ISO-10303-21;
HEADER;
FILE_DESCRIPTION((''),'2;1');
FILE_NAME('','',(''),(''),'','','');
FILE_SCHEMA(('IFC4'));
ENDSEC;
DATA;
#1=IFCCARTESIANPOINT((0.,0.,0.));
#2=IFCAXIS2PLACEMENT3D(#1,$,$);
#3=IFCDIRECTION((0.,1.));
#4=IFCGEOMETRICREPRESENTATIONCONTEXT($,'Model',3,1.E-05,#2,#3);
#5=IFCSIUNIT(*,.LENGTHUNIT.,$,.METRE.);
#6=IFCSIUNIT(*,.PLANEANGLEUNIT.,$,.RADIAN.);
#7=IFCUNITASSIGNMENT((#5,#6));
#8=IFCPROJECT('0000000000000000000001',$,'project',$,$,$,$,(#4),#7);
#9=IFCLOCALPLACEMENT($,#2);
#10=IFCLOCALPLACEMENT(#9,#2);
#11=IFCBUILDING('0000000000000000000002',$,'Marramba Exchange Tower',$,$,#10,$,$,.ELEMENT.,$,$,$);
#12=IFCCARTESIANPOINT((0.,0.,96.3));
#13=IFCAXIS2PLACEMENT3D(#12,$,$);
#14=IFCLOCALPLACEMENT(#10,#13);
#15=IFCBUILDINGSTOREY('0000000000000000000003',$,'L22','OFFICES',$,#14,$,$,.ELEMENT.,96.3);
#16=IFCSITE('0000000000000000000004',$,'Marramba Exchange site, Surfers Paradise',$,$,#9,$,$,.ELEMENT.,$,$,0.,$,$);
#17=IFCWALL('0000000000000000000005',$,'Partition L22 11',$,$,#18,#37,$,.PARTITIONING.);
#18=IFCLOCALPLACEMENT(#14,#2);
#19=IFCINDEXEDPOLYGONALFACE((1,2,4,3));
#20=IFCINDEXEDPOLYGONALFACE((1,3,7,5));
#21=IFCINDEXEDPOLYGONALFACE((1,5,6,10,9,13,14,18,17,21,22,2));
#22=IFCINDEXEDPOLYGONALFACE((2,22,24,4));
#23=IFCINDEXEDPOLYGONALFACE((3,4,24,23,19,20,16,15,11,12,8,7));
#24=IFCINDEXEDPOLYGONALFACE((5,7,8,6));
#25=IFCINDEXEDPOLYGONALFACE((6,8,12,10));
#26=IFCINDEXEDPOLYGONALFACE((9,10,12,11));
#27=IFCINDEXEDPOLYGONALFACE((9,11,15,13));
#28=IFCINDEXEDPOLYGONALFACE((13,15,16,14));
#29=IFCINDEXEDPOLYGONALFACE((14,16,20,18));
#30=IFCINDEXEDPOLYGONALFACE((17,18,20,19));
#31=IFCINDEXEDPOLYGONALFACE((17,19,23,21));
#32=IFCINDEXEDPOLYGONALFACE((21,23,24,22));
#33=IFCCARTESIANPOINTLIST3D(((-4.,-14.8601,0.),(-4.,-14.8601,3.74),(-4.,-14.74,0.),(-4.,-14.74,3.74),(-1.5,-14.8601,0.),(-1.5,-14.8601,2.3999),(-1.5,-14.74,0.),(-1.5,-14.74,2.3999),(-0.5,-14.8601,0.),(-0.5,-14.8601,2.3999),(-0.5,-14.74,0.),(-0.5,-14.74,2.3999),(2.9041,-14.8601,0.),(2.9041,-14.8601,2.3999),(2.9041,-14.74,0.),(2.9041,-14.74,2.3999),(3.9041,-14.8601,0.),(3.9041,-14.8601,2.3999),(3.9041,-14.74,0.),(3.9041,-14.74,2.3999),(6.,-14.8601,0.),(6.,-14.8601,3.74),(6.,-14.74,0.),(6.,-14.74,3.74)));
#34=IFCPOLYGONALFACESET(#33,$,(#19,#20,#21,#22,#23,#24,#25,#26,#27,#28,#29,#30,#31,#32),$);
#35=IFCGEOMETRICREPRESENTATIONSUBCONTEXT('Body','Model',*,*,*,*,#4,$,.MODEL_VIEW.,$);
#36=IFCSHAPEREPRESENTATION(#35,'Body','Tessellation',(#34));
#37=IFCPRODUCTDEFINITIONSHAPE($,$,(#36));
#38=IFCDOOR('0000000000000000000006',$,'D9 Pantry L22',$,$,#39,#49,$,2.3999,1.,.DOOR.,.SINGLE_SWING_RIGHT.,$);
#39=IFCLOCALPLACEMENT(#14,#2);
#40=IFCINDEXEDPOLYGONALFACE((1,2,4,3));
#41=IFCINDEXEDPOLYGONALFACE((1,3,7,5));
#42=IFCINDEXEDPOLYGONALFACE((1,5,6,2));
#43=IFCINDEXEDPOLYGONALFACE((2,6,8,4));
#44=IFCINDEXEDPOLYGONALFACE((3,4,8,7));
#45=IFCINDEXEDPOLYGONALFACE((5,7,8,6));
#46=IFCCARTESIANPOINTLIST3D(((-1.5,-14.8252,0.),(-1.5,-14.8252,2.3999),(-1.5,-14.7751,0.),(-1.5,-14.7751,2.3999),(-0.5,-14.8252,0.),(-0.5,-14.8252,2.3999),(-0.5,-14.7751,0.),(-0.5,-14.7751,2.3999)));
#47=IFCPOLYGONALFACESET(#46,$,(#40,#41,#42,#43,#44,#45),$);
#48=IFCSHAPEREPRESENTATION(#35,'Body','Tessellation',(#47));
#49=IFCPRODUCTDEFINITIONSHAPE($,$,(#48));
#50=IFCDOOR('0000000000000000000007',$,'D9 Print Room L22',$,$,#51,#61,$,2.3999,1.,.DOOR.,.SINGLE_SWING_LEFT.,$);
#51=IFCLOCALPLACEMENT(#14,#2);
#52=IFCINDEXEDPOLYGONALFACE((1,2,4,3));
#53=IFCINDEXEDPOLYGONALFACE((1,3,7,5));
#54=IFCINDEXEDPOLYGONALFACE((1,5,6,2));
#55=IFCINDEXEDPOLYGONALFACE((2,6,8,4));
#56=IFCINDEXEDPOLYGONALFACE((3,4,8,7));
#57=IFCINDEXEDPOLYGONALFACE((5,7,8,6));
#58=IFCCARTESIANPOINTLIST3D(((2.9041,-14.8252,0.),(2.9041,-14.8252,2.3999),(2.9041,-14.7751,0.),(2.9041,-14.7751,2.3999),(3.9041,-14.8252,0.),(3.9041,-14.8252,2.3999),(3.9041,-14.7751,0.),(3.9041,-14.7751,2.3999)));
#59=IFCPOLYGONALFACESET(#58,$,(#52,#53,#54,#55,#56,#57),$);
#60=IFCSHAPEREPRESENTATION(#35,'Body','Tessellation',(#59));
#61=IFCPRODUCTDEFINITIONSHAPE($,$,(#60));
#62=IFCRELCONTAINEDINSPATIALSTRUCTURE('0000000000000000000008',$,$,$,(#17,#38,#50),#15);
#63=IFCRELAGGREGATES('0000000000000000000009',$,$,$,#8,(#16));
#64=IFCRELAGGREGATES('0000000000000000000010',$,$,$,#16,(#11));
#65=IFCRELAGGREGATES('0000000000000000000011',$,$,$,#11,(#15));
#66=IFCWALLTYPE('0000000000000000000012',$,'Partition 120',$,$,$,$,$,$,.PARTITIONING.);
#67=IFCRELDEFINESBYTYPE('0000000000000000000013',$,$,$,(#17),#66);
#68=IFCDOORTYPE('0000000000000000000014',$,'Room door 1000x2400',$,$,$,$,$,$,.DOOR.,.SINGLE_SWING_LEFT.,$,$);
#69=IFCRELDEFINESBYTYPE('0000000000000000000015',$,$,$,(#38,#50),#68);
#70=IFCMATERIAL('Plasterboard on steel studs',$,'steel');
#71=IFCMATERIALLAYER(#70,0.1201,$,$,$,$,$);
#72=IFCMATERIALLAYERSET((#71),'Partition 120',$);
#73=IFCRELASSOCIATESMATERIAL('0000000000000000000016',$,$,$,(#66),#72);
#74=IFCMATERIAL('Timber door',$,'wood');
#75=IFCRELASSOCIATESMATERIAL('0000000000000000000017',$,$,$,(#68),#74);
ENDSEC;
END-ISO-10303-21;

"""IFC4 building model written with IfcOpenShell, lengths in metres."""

from ifc_helpers import new_model, si_unit, direction, frame, frame_2d, origin, place, context, subcontext, project, spatial, rectangle, extrude, material, layer, layer_set, type_object, element, fill, save


model = new_model("IFC4")

# Units and contexts
model_context = context("Model", 3, precision=1e-05, world=origin(), true_north=direction((0.0, 1.0)))
body_context = subcontext(model_context, "Body", "Model", "MODEL_VIEW")
ifc_project = project(units=[si_unit("LENGTHUNIT", "METRE"), si_unit("PLANEANGLEUNIT", "RADIAN")], contexts=[model_context])

# Site, building, storey
site_placement = place(None, origin())
site = spatial("IfcSite", under=ifc_project, at=site_placement, Name="Marramba Exchange site, Surfers Paradise", CompositionType="ELEMENT", RefElevation=0.0)
building_placement = place(site_placement, origin())
building = spatial("IfcBuilding", under=site, at=building_placement, Name="Marramba Exchange Tower", CompositionType="ELEMENT")
storey_placement = place(building_placement, frame((0.0, 0.0, 96.3)))
storey = spatial("IfcBuildingStorey", under=building, at=storey_placement, Name="L22", Description="OFFICES", CompositionType="ELEMENT", Elevation=96.3)

# Shared definitions
ifc_material_1 = material(Name="Plasterboard on steel studs", Category="steel")
ifc_layer_1 = layer(ifc_material_1, 0.1201)
ifc_layer_set_1 = layer_set([ifc_layer_1], Name="Partition 120")
wall_type_1 = type_object("IfcWallType", Name="Partition 120", PredefinedType="PARTITIONING", material=ifc_layer_set_1)

# Wall, openings, doors
wall_1_placement = place(storey_placement, frame((-4.0, -14.8, 0.0), z_axis=(0.0, 0.0, 1.0), x_axis=(1.0, 0.0, 0.0)))
wall_1 = element("IfcWall", 1, at=wall_1_placement, inside=storey, type_object=wall_type_1, Name="Partition L22 11", PredefinedType="PARTITIONING", context=body_context, shape_type="SweptSolid", body=[
    extrude(rectangle(XDim=10.0, YDim=0.1201, at=frame_2d((5.0, 0.0))), origin(), (0.0, 0.0, 1.0), 3.74),
])
opening_1_placement = place(wall_1_placement, frame((2.5, 0.0, 0.0)))
opening_1 = element("IfcOpeningElement", 2, at=opening_1_placement, cuts=wall_1, PredefinedType="OPENING", context=body_context, shape_type="SweptSolid", body=[
    extrude(rectangle(XDim=1.0, YDim=2.3999, at=frame_2d((0.5, 1.2))), frame((0.0, 0.0701, 0.0), z_axis=(0.0, -1.0, 0.0), x_axis=(1.0, 0.0, 0.0)), (0.0, 0.0, 1.0), 0.1401),
])
opening_2_placement = place(wall_1_placement, frame((6.9041, 0.0, 0.0)))
opening_2 = element("IfcOpeningElement", 3, at=opening_2_placement, cuts=wall_1, PredefinedType="OPENING", context=body_context, shape_type="SweptSolid", body=[
    extrude(rectangle(XDim=1.0, YDim=2.3999, at=frame_2d((0.5, 1.2))), frame((0.0, 0.0701, 0.0), z_axis=(0.0, -1.0, 0.0), x_axis=(1.0, 0.0, 0.0)), (0.0, 0.0, 1.0), 0.1401),
])
ifc_material_2 = material(Name="Timber door", Category="wood")
door_type_1 = type_object("IfcDoorType", Name="Room door 1000x2400", OperationType="SINGLE_SWING_LEFT", PredefinedType="DOOR", material=ifc_material_2)
door_1_placement = place(opening_1_placement, origin())
door_1 = element("IfcDoor", 4, at=door_1_placement, inside=storey, type_object=door_type_1, Name="D9 Pantry L22", OperationType="SINGLE_SWING_RIGHT", OverallHeight=2.3999, OverallWidth=1.0, PredefinedType="DOOR", context=body_context, shape_type="SweptSolid", body=[
    extrude(rectangle(XDim=1.0, YDim=2.3999, at=frame_2d((0.5, 1.2))), frame((0.0, 0.0249, 0.0), z_axis=(0.0, -1.0, 0.0), x_axis=(1.0, 0.0, 0.0)), (0.0, 0.0, 1.0), 0.05),
])
fill(opening_1, door_1)
door_2_placement = place(opening_2_placement, origin())
door_2 = element("IfcDoor", 5, at=door_2_placement, inside=storey, type_object=door_type_1, Name="D9 Print Room L22", OperationType="SINGLE_SWING_LEFT", OverallHeight=2.3999, OverallWidth=1.0, PredefinedType="DOOR", context=body_context, shape_type="SweptSolid", body=[
    extrude(rectangle(XDim=1.0, YDim=2.3999, at=frame_2d((0.5, 1.2))), frame((0.0, 0.0249, 0.0), z_axis=(0.0, -1.0, 0.0), x_axis=(1.0, 0.0, 0.0)), (0.0, 0.0, 1.0), 0.05),
])
fill(opening_2, door_2)

save(model, "model.ifc")
